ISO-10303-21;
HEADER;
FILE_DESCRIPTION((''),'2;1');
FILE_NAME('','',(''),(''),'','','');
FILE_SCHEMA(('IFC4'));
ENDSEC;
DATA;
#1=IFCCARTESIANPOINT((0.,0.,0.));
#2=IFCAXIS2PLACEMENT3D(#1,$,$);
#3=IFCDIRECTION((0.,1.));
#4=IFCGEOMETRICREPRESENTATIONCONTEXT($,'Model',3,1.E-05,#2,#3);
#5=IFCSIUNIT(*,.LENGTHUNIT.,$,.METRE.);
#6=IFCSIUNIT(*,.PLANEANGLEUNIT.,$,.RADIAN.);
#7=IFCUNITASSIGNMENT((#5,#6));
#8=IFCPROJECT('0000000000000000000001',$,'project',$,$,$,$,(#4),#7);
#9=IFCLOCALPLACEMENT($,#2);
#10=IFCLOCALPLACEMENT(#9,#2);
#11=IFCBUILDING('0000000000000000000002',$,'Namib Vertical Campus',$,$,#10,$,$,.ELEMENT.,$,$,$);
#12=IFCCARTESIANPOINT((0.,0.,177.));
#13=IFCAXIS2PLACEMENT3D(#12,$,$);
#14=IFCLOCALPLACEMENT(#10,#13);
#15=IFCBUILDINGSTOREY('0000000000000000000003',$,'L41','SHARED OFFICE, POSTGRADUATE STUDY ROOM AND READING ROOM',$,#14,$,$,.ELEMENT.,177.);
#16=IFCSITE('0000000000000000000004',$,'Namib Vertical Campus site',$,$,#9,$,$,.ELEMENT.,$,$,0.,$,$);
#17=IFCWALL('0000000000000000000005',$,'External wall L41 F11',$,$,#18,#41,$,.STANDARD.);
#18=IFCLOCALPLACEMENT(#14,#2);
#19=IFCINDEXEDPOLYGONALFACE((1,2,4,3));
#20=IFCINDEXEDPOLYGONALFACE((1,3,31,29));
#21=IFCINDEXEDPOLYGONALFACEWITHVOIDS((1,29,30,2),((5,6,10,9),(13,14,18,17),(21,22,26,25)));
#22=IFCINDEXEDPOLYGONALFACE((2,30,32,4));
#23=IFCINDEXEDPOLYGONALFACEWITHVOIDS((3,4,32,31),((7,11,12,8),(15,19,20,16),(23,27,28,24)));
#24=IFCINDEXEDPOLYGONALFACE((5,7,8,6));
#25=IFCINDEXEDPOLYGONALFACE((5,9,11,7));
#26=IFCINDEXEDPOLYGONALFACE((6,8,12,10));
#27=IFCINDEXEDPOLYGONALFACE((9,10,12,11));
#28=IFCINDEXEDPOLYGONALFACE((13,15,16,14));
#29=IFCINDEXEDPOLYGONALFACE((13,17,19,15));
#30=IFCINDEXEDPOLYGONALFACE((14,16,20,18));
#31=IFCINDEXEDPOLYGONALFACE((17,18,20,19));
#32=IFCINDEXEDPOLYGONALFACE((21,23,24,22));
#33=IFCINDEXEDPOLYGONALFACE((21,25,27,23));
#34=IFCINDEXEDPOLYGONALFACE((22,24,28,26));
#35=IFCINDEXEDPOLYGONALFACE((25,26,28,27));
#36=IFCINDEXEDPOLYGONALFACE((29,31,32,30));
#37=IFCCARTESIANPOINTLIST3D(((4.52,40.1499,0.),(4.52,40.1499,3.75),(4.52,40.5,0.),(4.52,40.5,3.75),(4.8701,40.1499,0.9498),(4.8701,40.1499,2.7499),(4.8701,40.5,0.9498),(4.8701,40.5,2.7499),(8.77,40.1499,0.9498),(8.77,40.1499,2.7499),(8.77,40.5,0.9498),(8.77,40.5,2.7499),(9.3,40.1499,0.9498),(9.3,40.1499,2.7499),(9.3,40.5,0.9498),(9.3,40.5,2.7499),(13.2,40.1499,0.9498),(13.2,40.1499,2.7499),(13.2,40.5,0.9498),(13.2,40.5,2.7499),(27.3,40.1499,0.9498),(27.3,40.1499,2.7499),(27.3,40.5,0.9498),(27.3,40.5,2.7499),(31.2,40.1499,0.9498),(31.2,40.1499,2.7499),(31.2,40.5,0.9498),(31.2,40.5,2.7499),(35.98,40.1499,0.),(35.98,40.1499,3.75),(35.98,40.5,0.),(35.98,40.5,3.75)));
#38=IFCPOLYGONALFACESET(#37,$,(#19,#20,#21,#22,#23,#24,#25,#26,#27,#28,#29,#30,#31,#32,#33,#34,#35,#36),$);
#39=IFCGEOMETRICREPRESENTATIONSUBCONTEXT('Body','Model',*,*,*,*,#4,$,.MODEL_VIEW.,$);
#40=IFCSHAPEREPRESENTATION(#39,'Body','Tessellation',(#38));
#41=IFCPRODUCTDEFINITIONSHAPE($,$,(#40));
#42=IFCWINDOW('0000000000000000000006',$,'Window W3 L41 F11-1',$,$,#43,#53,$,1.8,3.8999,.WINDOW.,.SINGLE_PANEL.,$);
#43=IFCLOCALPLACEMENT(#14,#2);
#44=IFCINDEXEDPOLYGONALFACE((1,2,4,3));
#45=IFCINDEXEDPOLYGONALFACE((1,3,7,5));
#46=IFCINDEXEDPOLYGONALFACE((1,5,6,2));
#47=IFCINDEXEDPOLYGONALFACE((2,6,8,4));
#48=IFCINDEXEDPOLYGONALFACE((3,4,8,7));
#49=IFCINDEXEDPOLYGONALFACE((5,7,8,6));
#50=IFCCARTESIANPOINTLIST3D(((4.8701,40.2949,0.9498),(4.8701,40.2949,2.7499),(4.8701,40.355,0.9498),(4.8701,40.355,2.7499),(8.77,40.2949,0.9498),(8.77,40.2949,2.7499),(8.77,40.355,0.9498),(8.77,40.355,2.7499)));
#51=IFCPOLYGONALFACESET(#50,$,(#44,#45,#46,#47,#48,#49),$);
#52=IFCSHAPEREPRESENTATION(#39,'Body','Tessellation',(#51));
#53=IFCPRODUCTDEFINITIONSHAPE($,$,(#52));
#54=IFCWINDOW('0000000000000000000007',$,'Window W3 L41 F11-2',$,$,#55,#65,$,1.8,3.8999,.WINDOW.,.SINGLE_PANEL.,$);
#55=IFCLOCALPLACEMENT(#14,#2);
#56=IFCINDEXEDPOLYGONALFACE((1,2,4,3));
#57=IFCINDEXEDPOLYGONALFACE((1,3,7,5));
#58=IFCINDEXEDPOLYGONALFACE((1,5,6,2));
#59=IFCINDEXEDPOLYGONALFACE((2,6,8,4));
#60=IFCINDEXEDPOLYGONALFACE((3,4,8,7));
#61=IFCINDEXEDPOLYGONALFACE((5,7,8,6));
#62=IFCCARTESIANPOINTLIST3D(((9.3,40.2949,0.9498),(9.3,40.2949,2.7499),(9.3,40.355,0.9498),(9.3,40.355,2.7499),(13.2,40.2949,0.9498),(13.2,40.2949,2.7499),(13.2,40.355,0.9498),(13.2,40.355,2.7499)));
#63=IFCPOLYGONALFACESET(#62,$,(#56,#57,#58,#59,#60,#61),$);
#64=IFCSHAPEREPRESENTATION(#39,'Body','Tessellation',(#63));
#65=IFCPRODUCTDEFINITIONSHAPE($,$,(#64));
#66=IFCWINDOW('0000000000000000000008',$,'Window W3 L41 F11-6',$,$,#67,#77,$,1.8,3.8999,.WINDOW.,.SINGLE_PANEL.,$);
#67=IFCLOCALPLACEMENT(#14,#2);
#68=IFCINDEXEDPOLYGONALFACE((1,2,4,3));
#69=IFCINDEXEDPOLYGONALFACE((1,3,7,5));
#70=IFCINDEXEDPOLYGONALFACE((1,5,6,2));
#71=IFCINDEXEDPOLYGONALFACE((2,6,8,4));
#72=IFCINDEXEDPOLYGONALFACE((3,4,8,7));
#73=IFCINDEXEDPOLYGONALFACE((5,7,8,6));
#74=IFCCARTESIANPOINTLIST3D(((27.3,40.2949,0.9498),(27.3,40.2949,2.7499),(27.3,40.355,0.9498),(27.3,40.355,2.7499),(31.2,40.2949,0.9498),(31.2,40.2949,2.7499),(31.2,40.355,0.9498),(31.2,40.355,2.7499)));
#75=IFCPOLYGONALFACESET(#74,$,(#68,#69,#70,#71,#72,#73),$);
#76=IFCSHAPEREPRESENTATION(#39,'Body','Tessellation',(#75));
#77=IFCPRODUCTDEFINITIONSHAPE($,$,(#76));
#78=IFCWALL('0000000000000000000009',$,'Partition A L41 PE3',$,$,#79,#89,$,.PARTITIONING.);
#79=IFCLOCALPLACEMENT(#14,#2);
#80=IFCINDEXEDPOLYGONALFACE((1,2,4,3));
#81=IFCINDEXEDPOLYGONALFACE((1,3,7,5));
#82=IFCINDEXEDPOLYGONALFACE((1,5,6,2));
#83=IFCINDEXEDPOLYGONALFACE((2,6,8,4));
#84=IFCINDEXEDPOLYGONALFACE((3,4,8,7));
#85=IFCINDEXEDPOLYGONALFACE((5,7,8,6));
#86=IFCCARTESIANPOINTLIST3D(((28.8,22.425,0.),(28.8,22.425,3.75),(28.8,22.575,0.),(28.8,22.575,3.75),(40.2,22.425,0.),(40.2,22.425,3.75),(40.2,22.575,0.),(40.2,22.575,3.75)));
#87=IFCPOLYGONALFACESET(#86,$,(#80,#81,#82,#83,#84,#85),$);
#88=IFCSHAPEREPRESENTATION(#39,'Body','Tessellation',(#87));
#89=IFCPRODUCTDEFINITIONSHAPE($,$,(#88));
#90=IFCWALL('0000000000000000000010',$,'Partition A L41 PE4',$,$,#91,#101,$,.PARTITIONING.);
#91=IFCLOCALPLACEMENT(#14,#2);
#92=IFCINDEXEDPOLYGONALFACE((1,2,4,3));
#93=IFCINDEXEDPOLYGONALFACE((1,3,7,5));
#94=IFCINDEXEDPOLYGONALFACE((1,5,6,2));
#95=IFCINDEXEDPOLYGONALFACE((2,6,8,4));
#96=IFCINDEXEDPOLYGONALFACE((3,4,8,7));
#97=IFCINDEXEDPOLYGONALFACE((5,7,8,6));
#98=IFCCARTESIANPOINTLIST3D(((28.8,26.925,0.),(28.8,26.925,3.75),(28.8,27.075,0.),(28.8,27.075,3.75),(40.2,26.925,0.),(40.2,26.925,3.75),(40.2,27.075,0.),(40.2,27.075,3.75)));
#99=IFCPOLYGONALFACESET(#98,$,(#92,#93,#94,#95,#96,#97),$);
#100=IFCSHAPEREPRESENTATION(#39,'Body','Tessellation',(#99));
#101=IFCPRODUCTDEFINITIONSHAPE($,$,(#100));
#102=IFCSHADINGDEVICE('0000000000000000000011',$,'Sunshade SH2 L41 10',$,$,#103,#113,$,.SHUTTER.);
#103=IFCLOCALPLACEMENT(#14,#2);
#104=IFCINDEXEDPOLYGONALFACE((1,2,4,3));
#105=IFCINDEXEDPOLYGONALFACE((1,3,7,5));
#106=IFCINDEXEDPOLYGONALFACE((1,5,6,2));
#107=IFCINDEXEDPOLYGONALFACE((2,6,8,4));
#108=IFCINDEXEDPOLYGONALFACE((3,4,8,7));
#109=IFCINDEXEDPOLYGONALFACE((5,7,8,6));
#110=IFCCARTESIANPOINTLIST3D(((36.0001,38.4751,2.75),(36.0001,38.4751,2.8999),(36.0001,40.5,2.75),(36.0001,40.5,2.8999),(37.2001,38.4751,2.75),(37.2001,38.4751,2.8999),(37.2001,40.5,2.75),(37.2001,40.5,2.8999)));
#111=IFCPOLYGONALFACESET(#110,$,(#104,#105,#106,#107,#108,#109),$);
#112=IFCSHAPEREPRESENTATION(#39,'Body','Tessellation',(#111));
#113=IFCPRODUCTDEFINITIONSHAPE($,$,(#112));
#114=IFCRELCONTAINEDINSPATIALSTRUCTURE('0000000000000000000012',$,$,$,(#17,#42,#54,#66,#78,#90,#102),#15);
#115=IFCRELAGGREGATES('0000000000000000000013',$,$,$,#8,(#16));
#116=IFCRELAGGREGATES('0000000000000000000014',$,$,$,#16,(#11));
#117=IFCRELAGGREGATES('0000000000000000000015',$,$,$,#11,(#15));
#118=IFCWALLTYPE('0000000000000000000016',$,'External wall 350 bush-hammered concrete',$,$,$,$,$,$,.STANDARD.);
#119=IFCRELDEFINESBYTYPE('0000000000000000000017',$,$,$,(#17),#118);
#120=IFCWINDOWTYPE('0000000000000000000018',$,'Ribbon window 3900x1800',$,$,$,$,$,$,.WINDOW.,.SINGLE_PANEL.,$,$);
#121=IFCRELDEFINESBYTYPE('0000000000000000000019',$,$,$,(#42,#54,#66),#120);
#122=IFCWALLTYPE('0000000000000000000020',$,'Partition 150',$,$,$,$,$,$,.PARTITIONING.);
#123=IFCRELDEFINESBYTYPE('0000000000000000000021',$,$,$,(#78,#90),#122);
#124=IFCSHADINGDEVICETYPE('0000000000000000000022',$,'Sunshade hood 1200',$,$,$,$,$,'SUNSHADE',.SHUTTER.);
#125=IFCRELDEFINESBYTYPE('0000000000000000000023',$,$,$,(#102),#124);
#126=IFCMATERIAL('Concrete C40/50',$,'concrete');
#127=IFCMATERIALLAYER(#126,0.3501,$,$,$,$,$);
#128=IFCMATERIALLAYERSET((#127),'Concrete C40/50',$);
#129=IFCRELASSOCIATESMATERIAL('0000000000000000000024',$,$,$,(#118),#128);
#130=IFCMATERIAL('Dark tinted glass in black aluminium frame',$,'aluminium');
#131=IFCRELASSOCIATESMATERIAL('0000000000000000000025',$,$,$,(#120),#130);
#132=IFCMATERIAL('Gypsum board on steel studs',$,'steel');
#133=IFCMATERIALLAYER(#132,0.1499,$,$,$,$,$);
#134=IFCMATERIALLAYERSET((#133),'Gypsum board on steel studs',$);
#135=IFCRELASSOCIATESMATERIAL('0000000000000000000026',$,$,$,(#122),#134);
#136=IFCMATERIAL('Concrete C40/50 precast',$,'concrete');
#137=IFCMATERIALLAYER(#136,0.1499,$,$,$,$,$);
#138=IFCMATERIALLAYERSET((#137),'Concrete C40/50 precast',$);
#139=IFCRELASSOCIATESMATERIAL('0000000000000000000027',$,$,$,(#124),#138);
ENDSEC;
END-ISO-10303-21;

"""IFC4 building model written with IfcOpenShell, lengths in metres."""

from ifc_helpers import new_model, si_unit, direction, frame, frame_2d, origin, origin_2d, place, context, subcontext, project, spatial, rectangle, extrude, material, layer, layer_set, type_object, element, fill, save


model = new_model("IFC4")

# Units and contexts
model_context = context("Model", 3, precision=1e-05, world=origin(), true_north=direction((0.0, 1.0)))
body_context = subcontext(model_context, "Body", "Model", "MODEL_VIEW")
ifc_project = project(units=[si_unit("LENGTHUNIT", "METRE"), si_unit("PLANEANGLEUNIT", "RADIAN")], contexts=[model_context])

# Site, building, storey
site_placement = place(None, origin())
site = spatial("IfcSite", under=ifc_project, at=site_placement, Name="Namib Vertical Campus site", CompositionType="ELEMENT", RefElevation=0.0)
building_placement = place(site_placement, origin())
building = spatial("IfcBuilding", under=site, at=building_placement, Name="Namib Vertical Campus", CompositionType="ELEMENT")
storey_placement = place(building_placement, frame((0.0, 0.0, 177.0)))
storey = spatial("IfcBuildingStorey", under=building, at=storey_placement, Name="L41", Description="SHARED OFFICE, POSTGRADUATE STUDY ROOM AND READING ROOM", CompositionType="ELEMENT", Elevation=177.0)

# Shared definitions
ifc_material_1 = material(Name="Concrete C40/50", Category="concrete")
ifc_layer_1 = layer(ifc_material_1, 0.3501)
ifc_layer_set_1 = layer_set([ifc_layer_1], Name="Concrete C40/50")
wall_type_1 = type_object("IfcWallType", Name="External wall 350 bush-hammered concrete", PredefinedType="STANDARD", material=ifc_layer_set_1)

# Wall, openings, windows
wall_1_placement = place(storey_placement, frame((35.98, 40.325, 0.0), z_axis=(0.0, 0.0, 1.0), x_axis=(-1.0, 0.0, 0.0)))
wall_1 = element("IfcWall", 1, at=wall_1_placement, inside=storey, type_object=wall_type_1, Name="External wall L41 F11", PredefinedType="STANDARD", context=body_context, shape_type="SweptSolid", body=[
    extrude(rectangle(XDim=31.46, YDim=0.3501, at=frame_2d((15.73, 0.0))), origin(), (0.0, 0.0, 1.0), 3.75),
])
opening_1_placement = place(wall_1_placement, frame((27.21, 0.0, 0.95)))
opening_1 = element("IfcOpeningElement", 2, at=opening_1_placement, cuts=wall_1, PredefinedType="OPENING", context=body_context, shape_type="SweptSolid", body=[
    extrude(rectangle(XDim=3.8999, YDim=1.8, at=frame_2d((1.95, 0.8999))), frame((0.0, 0.1851, 0.0), z_axis=(0.0, -1.0, 0.0), x_axis=(1.0, 0.0, 0.0)), (0.0, 0.0, 1.0), 0.3701),
])
opening_2_placement = place(wall_1_placement, frame((22.78, 0.0, 0.95)))
opening_2 = element("IfcOpeningElement", 3, at=opening_2_placement, cuts=wall_1, PredefinedType="OPENING", context=body_context, shape_type="SweptSolid", body=[
    extrude(rectangle(XDim=3.8999, YDim=1.8, at=frame_2d((1.95, 0.8999))), frame((0.0, 0.1851, 0.0), z_axis=(0.0, -1.0, 0.0), x_axis=(1.0, 0.0, 0.0)), (0.0, 0.0, 1.0), 0.3701),
])
opening_3_placement = place(wall_1_placement, frame((4.78, 0.0, 0.95)))
opening_3 = element("IfcOpeningElement", 4, at=opening_3_placement, cuts=wall_1, PredefinedType="OPENING", context=body_context, shape_type="SweptSolid", body=[
    extrude(rectangle(XDim=3.8999, YDim=1.8, at=frame_2d((1.95, 0.8999))), frame((0.0, 0.1851, 0.0), z_axis=(0.0, -1.0, 0.0), x_axis=(1.0, 0.0, 0.0)), (0.0, 0.0, 1.0), 0.3701),
])
ifc_material_2 = material(Name="Dark tinted glass in black aluminium frame", Category="aluminium")
window_type = type_object("IfcWindowType", Name="Ribbon window 3900x1800", PartitioningType="SINGLE_PANEL", PredefinedType="WINDOW", material=ifc_material_2)
window_1_placement = place(opening_1_placement, origin())
window_1 = element("IfcWindow", 5, at=window_1_placement, inside=storey, type_object=window_type, Name="Window W3 L41 F11-1", OverallHeight=1.8, OverallWidth=3.8999, PartitioningType="SINGLE_PANEL", PredefinedType="WINDOW", context=body_context, shape_type="SweptSolid", body=[
    extrude(rectangle(XDim=3.8999, YDim=1.8, at=frame_2d((1.95, 0.8999))), frame((0.0, 0.03, 0.0), z_axis=(0.0, -1.0, 0.0), x_axis=(1.0, 0.0, 0.0)), (0.0, 0.0, 1.0), 0.0601),
])
fill(opening_1, window_1)
window_2_placement = place(opening_2_placement, origin())
window_2 = element("IfcWindow", 6, at=window_2_placement, inside=storey, type_object=window_type, Name="Window W3 L41 F11-2", OverallHeight=1.8, OverallWidth=3.8999, PartitioningType="SINGLE_PANEL", PredefinedType="WINDOW", context=body_context, shape_type="SweptSolid", body=[
    extrude(rectangle(XDim=3.8999, YDim=1.8, at=frame_2d((1.95, 0.8999))), frame((0.0, 0.03, 0.0), z_axis=(0.0, -1.0, 0.0), x_axis=(1.0, 0.0, 0.0)), (0.0, 0.0, 1.0), 0.0601),
])
fill(opening_2, window_2)
window_3_placement = place(opening_3_placement, origin())
window_3 = element("IfcWindow", 7, at=window_3_placement, inside=storey, type_object=window_type, Name="Window W3 L41 F11-6", OverallHeight=1.8, OverallWidth=3.8999, PartitioningType="SINGLE_PANEL", PredefinedType="WINDOW", context=body_context, shape_type="SweptSolid", body=[
    extrude(rectangle(XDim=3.8999, YDim=1.8, at=frame_2d((1.95, 0.8999))), frame((0.0, 0.03, 0.0), z_axis=(0.0, -1.0, 0.0), x_axis=(1.0, 0.0, 0.0)), (0.0, 0.0, 1.0), 0.0601),
])
fill(opening_3, window_3)

# Walls
ifc_material_3 = material(Name="Gypsum board on steel studs", Category="steel")
ifc_layer_2 = layer(ifc_material_3, 0.1499)
ifc_layer_set_2 = layer_set([ifc_layer_2], Name="Gypsum board on steel studs")
wall_type_2 = type_object("IfcWallType", Name="Partition 150", PredefinedType="PARTITIONING", material=ifc_layer_set_2)
for number, where, z_axis, x_axis, name in (
    (8, (28.8, 22.5, 0.0), (0.0, 0.0, 1.0), (1.0, 0.0, 0.0), "Partition A L41 PE3"),
    (9, (28.8, 27.0, 0.0), (0.0, 0.0, 1.0), (1.0, 0.0, 0.0), "Partition A L41 PE4"),
):
    element("IfcWall", number, at=place(storey_placement, frame(where, z_axis=z_axis, x_axis=x_axis)), inside=storey, type_object=wall_type_2, Name=name, PredefinedType="PARTITIONING", context=body_context, shape_type="SweptSolid", body=[
        extrude(rectangle(XDim=11.3999, YDim=0.1499, at=frame_2d((5.7, 0.0))), origin(), (0.0, 0.0, 1.0), 3.75),
    ])

# Shading device
ifc_material_4 = material(Name="Concrete C40/50 precast", Category="concrete")
ifc_layer_3 = layer(ifc_material_4, 0.1499)
ifc_layer_set_3 = layer_set([ifc_layer_3], Name="Concrete C40/50 precast")
shading_device_type = type_object("IfcShadingDeviceType", Name="Sunshade hood 1200", ElementType="SUNSHADE", PredefinedType="SHUTTER", material=ifc_layer_set_3)
shading_device_placement = place(storey_placement, frame((36.6001, 39.4875, 2.75), z_axis=(0.0, 0.0, 1.0), x_axis=(0.0, 1.0, 0.0)))
element("IfcShadingDevice", 10, at=shading_device_placement, inside=storey, type_object=shading_device_type, Name="Sunshade SH2 L41 10", PredefinedType="SHUTTER", context=body_context, shape_type="SweptSolid", body=[
    extrude(rectangle(XDim=2.0249, YDim=1.2, at=origin_2d()), origin(), (0.0, 0.0, 1.0), 0.1499),
])

save(model, "model.ifc")
